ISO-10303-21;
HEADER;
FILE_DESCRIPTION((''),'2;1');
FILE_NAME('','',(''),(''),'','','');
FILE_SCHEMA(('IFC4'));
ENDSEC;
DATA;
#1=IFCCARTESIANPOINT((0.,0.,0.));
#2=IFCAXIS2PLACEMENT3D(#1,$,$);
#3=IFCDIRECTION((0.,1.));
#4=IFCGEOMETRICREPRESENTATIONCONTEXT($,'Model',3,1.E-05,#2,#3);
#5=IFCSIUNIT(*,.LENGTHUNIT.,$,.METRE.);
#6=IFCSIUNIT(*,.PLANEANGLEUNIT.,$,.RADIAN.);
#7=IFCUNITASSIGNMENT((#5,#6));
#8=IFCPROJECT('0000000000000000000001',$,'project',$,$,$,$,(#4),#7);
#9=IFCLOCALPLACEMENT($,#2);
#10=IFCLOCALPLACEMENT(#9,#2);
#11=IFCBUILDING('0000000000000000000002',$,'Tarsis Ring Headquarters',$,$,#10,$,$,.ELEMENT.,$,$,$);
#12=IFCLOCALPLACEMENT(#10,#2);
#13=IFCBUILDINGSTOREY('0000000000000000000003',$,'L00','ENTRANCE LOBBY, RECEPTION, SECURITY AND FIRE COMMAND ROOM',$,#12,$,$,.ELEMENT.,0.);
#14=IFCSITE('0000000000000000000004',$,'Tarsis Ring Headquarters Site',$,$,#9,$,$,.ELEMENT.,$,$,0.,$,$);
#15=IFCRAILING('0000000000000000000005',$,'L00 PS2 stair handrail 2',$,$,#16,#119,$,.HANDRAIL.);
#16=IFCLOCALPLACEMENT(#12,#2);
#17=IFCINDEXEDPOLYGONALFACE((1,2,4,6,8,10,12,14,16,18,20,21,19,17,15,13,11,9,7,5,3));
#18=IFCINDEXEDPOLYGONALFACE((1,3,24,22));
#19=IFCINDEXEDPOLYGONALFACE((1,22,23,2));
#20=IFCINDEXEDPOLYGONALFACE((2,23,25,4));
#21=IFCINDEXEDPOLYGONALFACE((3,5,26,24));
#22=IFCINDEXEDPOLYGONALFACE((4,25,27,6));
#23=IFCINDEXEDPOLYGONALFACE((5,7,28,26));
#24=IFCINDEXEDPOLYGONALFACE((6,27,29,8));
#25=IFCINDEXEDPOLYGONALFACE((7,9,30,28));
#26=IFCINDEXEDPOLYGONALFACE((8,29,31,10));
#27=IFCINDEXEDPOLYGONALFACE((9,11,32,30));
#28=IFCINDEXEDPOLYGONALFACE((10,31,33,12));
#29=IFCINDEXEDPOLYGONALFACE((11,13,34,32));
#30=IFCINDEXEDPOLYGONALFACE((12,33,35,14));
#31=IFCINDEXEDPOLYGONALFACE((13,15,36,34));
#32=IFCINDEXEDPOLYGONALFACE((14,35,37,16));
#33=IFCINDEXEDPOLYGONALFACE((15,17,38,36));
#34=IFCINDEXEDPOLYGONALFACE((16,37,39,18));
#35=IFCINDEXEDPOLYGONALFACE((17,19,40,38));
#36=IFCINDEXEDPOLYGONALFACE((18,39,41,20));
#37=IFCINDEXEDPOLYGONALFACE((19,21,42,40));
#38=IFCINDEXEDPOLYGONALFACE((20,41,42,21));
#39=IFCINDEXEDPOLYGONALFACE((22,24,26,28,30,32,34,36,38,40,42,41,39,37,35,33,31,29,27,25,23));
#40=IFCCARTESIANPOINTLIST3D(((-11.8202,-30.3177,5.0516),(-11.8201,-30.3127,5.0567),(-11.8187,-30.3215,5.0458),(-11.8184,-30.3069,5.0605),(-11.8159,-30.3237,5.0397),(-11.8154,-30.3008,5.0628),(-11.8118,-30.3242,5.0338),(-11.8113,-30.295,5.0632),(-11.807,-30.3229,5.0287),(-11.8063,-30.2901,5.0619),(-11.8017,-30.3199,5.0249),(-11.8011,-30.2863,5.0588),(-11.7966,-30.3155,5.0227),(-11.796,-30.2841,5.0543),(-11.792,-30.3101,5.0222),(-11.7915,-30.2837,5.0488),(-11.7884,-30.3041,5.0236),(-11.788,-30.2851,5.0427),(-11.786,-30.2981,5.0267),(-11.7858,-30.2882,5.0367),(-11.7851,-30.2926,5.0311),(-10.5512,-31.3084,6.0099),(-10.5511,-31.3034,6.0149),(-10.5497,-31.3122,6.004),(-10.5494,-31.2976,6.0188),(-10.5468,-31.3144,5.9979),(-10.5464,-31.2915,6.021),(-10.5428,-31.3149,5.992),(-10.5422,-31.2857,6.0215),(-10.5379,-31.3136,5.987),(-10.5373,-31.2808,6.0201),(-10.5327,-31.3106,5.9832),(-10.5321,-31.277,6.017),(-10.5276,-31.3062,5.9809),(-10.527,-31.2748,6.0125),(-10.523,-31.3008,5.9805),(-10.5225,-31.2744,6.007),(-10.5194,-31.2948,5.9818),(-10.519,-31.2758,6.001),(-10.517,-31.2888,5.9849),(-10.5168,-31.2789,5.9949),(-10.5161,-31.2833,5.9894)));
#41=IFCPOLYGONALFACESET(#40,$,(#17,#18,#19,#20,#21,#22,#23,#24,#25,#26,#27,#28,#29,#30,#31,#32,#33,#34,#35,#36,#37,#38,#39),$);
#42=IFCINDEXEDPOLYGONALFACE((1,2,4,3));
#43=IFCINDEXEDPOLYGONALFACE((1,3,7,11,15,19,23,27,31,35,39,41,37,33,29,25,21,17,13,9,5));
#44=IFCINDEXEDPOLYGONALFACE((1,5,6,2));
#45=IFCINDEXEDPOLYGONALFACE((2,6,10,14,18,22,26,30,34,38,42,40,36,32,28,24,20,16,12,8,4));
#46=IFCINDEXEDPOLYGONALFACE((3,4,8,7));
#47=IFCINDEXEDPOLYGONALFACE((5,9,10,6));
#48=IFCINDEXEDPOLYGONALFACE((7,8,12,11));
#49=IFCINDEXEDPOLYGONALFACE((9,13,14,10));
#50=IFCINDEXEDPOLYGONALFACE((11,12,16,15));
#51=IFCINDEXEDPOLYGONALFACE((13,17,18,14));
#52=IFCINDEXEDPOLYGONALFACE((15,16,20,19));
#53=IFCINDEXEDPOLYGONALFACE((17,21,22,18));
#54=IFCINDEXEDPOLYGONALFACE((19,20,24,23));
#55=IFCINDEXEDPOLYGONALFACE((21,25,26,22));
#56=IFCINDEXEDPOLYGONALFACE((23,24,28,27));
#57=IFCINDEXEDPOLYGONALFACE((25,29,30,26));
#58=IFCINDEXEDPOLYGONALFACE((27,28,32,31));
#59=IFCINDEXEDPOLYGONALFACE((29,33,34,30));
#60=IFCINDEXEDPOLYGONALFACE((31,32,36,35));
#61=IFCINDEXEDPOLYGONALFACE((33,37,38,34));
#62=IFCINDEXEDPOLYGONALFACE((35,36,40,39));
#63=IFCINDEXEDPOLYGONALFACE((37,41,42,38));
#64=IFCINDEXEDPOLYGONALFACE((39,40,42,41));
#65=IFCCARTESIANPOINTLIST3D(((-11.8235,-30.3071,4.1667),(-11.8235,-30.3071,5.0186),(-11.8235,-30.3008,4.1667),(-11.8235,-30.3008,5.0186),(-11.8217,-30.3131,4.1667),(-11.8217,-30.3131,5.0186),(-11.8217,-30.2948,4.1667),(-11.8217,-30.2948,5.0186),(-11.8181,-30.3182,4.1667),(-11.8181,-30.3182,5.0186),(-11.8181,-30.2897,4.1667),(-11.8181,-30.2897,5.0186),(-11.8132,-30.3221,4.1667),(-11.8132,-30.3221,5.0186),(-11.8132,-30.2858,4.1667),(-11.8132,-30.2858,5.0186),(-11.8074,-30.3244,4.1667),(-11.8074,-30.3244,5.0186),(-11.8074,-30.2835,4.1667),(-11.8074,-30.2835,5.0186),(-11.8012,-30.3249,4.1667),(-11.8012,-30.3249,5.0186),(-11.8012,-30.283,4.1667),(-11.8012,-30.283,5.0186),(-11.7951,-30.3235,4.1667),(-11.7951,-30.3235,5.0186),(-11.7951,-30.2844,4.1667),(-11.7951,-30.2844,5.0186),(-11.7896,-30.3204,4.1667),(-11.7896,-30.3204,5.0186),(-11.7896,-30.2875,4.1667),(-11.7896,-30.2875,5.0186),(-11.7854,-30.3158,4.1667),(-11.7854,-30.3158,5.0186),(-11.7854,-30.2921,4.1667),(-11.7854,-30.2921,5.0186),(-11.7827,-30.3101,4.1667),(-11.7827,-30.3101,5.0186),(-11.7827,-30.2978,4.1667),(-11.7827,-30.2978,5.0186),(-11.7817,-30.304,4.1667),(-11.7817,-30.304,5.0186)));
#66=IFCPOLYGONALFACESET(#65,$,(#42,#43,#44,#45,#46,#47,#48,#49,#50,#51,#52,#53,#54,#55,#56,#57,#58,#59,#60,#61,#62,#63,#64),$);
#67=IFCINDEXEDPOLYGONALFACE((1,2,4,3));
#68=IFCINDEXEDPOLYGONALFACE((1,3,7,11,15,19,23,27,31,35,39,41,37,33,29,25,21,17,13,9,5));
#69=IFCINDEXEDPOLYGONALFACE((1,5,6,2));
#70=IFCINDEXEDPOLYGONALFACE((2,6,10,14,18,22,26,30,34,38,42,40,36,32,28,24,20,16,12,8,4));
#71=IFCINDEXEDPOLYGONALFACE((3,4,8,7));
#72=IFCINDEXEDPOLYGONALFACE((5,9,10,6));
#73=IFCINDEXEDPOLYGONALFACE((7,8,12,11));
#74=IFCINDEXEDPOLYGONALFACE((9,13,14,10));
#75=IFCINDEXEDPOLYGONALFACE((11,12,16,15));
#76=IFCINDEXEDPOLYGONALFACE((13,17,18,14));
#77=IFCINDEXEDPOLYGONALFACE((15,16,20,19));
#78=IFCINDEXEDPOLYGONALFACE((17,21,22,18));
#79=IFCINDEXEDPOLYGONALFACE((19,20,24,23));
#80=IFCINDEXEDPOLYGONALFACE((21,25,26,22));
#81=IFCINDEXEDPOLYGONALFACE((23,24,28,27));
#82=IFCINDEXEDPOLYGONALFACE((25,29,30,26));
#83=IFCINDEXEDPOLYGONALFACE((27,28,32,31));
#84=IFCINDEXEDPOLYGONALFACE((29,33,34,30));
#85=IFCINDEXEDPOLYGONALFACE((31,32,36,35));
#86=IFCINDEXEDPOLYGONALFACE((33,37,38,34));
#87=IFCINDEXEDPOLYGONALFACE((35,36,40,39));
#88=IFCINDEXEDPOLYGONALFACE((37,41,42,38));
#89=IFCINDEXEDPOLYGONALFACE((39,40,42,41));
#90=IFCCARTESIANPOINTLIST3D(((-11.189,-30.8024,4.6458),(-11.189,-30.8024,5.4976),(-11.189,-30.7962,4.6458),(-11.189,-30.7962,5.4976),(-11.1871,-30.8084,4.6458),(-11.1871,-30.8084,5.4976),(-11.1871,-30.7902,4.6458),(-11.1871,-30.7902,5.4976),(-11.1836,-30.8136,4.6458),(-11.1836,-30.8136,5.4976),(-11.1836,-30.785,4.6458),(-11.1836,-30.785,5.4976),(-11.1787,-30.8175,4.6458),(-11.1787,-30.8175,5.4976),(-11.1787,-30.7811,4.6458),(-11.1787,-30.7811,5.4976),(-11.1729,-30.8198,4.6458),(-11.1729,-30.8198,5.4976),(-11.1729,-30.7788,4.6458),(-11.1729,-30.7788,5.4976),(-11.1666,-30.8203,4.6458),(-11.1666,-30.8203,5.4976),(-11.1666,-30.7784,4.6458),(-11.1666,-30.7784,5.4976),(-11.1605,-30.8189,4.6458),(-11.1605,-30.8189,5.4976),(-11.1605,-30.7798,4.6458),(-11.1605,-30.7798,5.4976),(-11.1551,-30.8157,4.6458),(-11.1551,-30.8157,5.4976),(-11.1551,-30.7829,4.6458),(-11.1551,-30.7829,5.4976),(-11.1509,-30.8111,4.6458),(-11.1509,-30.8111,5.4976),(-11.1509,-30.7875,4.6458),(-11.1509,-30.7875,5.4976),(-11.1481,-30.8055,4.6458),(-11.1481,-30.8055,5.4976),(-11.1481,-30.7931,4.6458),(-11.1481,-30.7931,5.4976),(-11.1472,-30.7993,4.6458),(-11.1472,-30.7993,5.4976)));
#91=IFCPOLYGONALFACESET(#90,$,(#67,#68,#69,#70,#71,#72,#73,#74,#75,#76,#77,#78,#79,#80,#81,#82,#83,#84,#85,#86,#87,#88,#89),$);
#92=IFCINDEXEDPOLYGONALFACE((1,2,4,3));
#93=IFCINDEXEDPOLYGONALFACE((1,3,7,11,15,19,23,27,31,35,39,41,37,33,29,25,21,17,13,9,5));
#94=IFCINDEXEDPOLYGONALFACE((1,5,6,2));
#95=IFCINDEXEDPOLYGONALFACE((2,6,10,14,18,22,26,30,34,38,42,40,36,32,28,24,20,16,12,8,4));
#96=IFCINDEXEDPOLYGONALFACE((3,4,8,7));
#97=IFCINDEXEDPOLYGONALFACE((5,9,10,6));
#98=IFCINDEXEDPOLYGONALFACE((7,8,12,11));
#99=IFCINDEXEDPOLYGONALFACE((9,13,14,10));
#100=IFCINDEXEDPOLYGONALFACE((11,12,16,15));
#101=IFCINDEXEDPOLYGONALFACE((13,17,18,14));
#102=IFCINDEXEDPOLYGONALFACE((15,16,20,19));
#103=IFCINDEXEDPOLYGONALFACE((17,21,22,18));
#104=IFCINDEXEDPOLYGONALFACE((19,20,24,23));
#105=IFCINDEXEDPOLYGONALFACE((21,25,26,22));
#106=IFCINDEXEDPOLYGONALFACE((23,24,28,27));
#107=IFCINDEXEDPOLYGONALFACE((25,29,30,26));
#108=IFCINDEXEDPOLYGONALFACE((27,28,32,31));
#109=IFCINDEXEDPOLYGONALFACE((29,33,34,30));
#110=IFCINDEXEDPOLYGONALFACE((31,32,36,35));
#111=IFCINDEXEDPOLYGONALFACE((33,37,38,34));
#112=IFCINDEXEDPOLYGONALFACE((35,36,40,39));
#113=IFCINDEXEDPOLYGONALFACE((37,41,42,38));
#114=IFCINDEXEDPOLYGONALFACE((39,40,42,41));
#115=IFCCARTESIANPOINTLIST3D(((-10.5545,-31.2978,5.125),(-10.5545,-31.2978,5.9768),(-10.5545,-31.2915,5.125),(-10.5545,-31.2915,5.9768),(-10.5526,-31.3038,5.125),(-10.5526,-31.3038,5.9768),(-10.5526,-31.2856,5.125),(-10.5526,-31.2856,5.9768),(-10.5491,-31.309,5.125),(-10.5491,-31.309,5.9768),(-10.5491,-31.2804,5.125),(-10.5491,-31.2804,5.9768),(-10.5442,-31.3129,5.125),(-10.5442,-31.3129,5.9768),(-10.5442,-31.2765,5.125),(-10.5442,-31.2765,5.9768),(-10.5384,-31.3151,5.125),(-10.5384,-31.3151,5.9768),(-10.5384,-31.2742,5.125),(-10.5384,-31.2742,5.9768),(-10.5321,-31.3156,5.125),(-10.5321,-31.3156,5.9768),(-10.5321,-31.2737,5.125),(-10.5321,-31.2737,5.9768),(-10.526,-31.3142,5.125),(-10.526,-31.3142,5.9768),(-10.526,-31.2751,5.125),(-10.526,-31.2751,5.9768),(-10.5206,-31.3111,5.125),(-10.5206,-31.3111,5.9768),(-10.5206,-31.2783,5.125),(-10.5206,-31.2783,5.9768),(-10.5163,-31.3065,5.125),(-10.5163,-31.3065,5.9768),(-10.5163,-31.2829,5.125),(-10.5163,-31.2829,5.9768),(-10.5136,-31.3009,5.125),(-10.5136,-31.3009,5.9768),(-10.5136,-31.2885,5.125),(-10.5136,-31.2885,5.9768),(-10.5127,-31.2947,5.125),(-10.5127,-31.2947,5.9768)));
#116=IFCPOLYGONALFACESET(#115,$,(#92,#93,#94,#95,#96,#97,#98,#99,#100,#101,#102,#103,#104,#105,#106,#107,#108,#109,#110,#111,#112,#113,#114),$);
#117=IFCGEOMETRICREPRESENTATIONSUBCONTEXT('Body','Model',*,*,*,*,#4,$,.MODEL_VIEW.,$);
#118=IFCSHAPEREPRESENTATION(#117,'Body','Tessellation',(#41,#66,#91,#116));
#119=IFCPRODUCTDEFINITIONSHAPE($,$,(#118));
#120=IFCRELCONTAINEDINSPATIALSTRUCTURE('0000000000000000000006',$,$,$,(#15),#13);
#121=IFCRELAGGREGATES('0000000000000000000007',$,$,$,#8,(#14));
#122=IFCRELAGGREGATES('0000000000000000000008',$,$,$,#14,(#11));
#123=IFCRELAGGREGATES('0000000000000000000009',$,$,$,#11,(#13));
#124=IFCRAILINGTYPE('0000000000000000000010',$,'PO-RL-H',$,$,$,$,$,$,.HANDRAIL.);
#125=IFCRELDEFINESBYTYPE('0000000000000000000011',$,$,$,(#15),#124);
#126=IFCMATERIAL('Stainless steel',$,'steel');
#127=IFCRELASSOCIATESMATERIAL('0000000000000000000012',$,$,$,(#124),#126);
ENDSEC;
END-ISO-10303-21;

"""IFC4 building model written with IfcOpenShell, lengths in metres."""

from ifc_helpers import new_model, si_unit, direction, frame, origin, origin_2d, place, context, subcontext, project, spatial, circle, extrude, material, type_object, element, save


model = new_model("IFC4")

# Units and contexts
model_context = context("Model", 3, precision=1e-05, world=origin(), true_north=direction((0.0, 1.0)))
body_context = subcontext(model_context, "Body", "Model", "MODEL_VIEW")
ifc_project = project(units=[si_unit("LENGTHUNIT", "METRE"), si_unit("PLANEANGLEUNIT", "RADIAN")], contexts=[model_context])

# Site, building, storey
site_placement = place(None, origin())
site = spatial("IfcSite", under=ifc_project, at=site_placement, Name="Tarsis Ring Headquarters Site", CompositionType="ELEMENT", RefElevation=0.0)
building_placement = place(site_placement, origin())
building = spatial("IfcBuilding", under=site, at=building_placement, Name="Tarsis Ring Headquarters", CompositionType="ELEMENT")
storey_placement = place(building_placement, origin())
storey = spatial("IfcBuildingStorey", under=building, at=storey_placement, Name="L00", Description="ENTRANCE LOBBY, RECEPTION, SECURITY AND FIRE COMMAND ROOM", CompositionType="ELEMENT", Elevation=0.0)

# Railing
ifc_material_1 = material(Name="Stainless steel", Category="steel")
railing_type = type_object("IfcRailingType", Name="PO-RL-H", PredefinedType="HANDRAIL", material=ifc_material_1)
railing_placement = place(storey_placement, frame((-11.8027, -30.304, 4.1667)))
element("IfcRailing", 1, at=railing_placement, inside=storey, type_object=railing_type, Name="L00 PS2 stair handrail 2", PredefinedType="HANDRAIL", context=body_context, shape_type="SweptSolid", body=[
    extrude(circle(Radius=0.0239, at=origin_2d()), frame((0.0, 0.0, 0.876), z_axis=(0.677341, -0.52879, 0.511459), x_axis=(0.615367, 0.78824, 0.0)), (0.0, 0.0, 1.0), 1.8735),
    extrude(circle(Radius=0.021, at=origin_2d()), origin(), (0.0, 0.0, 1.0), 0.8518),
    extrude(circle(Radius=0.021, at=origin_2d()), frame((0.6345, -0.4954, 0.479)), (0.0, 0.0, 1.0), 0.8518),
    extrude(circle(Radius=0.021, at=origin_2d()), frame((1.269, -0.9907, 0.9583)), (0.0, 0.0, 1.0), 0.8518),
])

save(model, "model.ifc")
